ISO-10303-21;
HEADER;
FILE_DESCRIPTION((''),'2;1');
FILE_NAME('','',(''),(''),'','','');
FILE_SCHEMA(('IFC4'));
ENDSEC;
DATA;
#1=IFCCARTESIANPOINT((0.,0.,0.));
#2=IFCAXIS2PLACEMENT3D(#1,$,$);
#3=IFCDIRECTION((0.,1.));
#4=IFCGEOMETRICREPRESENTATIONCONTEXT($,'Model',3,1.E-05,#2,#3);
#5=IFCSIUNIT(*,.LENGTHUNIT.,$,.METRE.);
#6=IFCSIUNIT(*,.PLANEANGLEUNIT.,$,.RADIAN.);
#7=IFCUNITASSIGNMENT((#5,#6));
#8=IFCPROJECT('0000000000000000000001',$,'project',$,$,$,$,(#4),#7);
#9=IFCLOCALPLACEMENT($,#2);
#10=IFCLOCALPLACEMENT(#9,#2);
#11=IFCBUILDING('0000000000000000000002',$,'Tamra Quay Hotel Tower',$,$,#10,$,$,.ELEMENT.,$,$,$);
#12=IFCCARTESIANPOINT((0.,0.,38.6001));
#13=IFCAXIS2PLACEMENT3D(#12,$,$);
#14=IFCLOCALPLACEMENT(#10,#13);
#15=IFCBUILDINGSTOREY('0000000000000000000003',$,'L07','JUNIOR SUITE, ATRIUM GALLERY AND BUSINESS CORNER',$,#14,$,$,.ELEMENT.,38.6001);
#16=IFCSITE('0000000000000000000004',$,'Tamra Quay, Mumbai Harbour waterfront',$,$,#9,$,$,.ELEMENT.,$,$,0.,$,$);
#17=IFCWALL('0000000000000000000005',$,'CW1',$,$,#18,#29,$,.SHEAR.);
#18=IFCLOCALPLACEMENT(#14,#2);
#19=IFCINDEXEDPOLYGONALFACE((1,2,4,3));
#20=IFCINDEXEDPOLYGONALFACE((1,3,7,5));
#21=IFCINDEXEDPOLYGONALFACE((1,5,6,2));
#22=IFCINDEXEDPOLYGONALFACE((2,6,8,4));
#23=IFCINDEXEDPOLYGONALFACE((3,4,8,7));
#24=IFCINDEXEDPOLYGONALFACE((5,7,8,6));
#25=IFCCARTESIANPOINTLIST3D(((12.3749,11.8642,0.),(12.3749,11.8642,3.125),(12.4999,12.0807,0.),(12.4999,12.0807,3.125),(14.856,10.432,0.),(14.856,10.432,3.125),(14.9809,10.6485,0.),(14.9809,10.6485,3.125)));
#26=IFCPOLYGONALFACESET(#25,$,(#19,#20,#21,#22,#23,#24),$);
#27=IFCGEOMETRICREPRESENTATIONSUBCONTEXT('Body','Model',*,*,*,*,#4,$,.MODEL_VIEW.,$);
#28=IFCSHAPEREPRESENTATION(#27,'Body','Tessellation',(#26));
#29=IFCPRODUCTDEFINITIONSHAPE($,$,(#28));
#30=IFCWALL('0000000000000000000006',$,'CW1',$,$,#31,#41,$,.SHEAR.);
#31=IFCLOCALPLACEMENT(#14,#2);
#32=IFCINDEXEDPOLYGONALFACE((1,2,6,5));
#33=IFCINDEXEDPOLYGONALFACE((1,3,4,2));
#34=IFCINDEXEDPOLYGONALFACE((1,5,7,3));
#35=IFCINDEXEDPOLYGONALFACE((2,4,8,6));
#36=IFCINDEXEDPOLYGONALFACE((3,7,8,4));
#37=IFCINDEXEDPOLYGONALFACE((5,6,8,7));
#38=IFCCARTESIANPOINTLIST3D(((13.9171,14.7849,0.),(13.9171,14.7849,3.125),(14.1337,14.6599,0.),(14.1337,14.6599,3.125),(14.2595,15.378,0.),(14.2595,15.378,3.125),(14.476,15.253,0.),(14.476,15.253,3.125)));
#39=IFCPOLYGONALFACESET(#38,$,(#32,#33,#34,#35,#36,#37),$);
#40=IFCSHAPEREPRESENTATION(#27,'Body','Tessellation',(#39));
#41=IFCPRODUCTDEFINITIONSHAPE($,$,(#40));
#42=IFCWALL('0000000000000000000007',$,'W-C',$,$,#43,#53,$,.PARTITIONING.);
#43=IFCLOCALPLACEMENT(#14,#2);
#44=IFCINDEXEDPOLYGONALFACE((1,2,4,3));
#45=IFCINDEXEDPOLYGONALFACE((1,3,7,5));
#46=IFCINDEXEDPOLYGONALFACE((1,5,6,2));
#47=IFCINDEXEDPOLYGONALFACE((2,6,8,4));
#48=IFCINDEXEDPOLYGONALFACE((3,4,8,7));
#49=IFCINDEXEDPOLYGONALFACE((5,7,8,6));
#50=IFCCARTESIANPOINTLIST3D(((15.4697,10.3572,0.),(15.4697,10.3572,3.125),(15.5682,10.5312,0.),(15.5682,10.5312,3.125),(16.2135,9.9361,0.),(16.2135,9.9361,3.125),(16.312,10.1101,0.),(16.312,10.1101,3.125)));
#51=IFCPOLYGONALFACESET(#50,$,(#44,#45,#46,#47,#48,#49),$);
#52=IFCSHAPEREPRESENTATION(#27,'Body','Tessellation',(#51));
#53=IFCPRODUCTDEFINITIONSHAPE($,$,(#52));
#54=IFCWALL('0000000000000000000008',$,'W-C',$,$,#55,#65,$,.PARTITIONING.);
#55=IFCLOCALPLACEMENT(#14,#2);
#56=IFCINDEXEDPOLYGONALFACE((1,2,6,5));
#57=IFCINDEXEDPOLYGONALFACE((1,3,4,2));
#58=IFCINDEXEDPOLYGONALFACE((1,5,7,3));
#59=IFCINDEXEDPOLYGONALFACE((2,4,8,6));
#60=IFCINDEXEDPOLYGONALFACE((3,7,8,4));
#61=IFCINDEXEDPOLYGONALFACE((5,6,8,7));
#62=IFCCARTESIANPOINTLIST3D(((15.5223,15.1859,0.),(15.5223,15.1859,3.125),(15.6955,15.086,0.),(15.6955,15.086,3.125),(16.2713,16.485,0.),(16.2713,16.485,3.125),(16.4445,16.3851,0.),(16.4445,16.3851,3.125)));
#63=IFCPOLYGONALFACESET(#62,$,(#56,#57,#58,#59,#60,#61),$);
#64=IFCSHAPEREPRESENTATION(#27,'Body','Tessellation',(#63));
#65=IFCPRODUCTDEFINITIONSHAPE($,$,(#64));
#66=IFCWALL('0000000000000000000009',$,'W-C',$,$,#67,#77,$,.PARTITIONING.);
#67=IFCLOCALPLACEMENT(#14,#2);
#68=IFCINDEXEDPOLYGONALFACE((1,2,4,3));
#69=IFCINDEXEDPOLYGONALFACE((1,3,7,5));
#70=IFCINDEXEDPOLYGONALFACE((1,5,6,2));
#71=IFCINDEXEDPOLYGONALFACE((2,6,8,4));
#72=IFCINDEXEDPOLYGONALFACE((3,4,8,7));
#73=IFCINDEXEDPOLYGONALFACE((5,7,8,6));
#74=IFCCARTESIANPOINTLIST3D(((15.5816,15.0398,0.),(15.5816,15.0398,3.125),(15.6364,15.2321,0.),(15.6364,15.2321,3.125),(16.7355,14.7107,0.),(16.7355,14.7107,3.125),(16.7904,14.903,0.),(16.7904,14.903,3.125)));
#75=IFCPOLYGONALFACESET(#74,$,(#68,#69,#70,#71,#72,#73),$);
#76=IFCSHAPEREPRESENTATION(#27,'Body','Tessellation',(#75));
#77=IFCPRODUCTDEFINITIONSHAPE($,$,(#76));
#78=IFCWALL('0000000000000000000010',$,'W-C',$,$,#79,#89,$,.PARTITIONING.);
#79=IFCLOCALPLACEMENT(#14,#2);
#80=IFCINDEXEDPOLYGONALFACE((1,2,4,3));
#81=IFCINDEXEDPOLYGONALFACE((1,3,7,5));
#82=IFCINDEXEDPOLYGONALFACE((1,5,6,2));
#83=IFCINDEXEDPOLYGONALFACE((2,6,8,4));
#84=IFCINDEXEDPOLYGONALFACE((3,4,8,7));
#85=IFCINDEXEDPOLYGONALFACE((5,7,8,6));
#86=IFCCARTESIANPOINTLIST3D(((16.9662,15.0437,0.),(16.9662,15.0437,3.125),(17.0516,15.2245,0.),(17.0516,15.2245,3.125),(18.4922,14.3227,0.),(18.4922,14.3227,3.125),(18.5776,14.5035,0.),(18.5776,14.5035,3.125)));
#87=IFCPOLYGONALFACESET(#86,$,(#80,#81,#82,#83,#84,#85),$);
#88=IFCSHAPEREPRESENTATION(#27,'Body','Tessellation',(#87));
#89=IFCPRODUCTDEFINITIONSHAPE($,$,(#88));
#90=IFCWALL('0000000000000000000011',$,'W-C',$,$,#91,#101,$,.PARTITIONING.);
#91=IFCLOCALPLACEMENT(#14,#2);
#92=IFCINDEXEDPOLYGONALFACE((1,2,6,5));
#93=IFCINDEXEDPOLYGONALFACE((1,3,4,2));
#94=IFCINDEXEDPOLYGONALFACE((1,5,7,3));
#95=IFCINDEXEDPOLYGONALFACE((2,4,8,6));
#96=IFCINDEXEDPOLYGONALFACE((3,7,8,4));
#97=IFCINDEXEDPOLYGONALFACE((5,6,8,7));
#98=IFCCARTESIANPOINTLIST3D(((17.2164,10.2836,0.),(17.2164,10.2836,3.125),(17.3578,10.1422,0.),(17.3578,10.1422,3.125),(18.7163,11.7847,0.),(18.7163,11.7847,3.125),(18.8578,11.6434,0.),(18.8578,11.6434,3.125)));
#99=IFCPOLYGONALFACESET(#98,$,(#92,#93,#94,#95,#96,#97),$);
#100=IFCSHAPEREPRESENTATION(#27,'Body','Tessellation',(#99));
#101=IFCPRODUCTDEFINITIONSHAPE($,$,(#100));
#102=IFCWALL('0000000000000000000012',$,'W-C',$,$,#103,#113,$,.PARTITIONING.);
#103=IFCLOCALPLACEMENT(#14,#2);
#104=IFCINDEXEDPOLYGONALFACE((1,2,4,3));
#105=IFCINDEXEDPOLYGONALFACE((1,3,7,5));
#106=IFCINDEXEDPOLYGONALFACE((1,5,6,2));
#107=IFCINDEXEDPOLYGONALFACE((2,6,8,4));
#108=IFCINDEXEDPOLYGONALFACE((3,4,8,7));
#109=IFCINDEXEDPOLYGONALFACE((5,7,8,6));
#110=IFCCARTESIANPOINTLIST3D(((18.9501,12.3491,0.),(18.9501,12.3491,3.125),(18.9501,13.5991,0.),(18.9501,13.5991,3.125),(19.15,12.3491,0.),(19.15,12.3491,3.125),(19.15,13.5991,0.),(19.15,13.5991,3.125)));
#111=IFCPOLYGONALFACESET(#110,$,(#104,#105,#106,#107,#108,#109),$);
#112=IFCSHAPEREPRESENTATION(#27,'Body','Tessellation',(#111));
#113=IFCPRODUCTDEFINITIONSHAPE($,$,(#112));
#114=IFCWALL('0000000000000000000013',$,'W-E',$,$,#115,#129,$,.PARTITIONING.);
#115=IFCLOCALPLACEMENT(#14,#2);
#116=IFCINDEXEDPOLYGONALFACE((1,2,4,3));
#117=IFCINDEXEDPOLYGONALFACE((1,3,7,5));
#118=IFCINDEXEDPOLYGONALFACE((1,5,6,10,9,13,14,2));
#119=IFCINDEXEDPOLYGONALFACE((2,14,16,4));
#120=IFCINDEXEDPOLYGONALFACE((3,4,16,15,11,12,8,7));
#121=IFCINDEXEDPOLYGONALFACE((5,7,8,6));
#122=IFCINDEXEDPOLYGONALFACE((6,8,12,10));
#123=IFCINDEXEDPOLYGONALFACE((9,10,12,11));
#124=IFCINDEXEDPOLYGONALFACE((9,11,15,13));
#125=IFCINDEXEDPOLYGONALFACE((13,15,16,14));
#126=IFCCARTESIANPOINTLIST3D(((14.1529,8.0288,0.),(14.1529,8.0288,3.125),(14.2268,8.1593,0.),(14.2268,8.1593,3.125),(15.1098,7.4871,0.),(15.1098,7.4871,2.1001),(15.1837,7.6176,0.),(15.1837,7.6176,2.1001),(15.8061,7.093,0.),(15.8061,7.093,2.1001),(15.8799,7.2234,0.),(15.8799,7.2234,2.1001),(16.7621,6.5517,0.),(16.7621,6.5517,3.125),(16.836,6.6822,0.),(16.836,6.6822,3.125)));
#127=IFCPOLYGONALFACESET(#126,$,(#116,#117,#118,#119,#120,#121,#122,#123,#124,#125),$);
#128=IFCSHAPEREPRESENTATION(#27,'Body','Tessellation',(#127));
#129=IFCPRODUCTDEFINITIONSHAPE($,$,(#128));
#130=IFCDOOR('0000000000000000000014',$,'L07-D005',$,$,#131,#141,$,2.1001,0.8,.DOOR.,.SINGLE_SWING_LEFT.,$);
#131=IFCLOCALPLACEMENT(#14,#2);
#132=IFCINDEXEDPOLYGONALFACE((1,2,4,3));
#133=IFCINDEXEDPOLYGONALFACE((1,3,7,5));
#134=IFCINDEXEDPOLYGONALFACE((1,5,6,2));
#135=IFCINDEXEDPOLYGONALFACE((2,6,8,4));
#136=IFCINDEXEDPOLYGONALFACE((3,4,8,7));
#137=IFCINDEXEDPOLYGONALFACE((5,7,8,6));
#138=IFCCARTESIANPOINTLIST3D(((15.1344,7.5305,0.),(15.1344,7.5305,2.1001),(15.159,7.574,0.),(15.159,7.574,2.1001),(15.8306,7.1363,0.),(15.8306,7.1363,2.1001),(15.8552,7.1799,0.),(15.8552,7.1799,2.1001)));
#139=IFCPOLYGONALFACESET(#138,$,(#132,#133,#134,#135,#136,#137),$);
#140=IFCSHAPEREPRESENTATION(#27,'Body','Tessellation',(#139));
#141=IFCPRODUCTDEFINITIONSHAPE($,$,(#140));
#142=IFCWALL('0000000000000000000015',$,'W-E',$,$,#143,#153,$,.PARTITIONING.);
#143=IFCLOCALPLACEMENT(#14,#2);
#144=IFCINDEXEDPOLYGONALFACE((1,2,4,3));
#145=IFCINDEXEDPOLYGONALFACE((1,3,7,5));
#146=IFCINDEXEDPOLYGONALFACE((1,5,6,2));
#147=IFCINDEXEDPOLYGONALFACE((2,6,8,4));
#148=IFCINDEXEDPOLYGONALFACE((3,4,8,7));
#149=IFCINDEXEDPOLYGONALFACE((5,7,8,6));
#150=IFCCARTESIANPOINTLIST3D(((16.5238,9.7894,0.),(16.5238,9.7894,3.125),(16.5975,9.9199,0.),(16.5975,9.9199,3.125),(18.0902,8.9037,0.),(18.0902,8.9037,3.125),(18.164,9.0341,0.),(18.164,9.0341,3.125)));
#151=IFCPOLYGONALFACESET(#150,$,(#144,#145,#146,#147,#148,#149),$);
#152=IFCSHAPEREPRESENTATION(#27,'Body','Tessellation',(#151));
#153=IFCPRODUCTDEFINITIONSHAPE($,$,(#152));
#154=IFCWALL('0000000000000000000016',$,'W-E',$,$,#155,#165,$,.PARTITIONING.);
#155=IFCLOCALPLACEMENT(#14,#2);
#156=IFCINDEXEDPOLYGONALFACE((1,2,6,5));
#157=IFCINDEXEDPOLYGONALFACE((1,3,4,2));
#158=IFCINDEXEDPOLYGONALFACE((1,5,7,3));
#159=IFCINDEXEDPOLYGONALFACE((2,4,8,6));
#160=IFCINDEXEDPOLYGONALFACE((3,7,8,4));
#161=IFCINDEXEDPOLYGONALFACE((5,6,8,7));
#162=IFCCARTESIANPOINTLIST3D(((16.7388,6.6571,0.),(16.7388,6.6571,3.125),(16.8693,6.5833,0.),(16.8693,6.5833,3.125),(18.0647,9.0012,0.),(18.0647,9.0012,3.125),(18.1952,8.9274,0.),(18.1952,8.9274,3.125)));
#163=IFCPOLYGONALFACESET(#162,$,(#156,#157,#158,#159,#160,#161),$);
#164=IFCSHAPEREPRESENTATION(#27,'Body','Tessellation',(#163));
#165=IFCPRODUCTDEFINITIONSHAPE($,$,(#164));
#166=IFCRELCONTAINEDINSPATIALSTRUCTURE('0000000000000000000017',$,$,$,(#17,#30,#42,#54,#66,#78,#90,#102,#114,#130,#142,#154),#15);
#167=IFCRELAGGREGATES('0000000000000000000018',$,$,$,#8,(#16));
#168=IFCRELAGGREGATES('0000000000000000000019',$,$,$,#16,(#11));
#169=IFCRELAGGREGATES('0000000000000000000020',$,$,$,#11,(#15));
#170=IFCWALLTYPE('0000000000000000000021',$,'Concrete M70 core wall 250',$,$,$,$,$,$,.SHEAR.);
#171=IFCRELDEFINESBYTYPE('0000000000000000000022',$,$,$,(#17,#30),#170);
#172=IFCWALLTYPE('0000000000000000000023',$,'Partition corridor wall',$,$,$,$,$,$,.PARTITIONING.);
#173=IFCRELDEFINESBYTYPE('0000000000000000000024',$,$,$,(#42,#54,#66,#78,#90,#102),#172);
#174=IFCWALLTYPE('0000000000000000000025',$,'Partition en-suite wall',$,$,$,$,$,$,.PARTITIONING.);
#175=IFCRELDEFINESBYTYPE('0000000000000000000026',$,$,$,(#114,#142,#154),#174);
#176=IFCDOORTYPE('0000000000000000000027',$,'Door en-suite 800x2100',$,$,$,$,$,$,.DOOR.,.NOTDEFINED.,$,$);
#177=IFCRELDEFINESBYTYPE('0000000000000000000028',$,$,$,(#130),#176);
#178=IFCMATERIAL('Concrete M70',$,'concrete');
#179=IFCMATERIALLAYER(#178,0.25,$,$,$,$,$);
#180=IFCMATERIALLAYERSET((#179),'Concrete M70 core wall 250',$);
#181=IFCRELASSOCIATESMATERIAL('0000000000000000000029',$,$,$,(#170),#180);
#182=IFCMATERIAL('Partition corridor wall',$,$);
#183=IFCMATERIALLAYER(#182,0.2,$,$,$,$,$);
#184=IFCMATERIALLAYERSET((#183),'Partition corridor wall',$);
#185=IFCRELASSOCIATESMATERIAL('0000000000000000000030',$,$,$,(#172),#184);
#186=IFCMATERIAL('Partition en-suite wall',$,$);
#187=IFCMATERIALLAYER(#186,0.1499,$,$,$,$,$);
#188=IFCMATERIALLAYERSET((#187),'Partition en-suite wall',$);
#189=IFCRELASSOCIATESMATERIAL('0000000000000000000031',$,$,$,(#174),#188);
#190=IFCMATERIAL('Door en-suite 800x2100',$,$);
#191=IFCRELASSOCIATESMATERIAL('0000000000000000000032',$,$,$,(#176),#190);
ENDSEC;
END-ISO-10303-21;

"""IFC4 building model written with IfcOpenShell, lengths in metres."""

from ifc_helpers import new_model, si_unit, direction, frame, frame_2d, origin, place, context, subcontext, project, spatial, rectangle, extrude, material, layer, layer_set, type_object, element, fill, save


model = new_model("IFC4")

# Units and contexts
model_context = context("Model", 3, precision=1e-05, world=origin(), true_north=direction((0.0, 1.0)))
body_context = subcontext(model_context, "Body", "Model", "MODEL_VIEW")
ifc_project = project(units=[si_unit("LENGTHUNIT", "METRE"), si_unit("PLANEANGLEUNIT", "RADIAN")], contexts=[model_context])

# Site, building, storey
site_placement = place(None, origin())
site = spatial("IfcSite", under=ifc_project, at=site_placement, Name="Tamra Quay, Mumbai Harbour waterfront", CompositionType="ELEMENT", RefElevation=0.0)
building_placement = place(site_placement, origin())
building = spatial("IfcBuilding", under=site, at=building_placement, Name="Tamra Quay Hotel Tower", CompositionType="ELEMENT")
storey_placement = place(building_placement, frame((0.0, 0.0, 38.6001)))
storey = spatial("IfcBuildingStorey", under=building, at=storey_placement, Name="L07", Description="JUNIOR SUITE, ATRIUM GALLERY AND BUSINESS CORNER", CompositionType="ELEMENT", Elevation=38.6001)

# Shared definitions
ifc_material_1 = material(Name="Concrete M70", Category="concrete")

# Walls
ifc_layer_1 = layer(ifc_material_1, 0.25)
ifc_layer_set_1 = layer_set([ifc_layer_1], Name="Concrete M70 core wall 250")
wall_type_1 = type_object("IfcWallType", Name="Concrete M70 core wall 250", PredefinedType="SHEAR", material=ifc_layer_set_1)
wall_1_placement = place(storey_placement, frame((14.9185, 10.5403, 0.0), z_axis=(0.0, 0.0, 1.0), x_axis=(-0.866064, 0.499934, 0.0)))
element("IfcWall", 1, at=wall_1_placement, inside=storey, type_object=wall_type_1, Name="CW1", PredefinedType="SHEAR", context=body_context, shape_type="SweptSolid", body=[
    extrude(rectangle(XDim=2.8647, YDim=0.25, at=frame_2d((1.4324, 0.0))), origin(), (0.0, 0.0, 1.0), 3.125),
])
wall_2_placement = place(storey_placement, frame((14.3677, 15.3154, 0.0), z_axis=(0.0, 0.0, 1.0), x_axis=(-0.499897, -0.866085, 0.0)))
element("IfcWall", 2, at=wall_2_placement, inside=storey, type_object=wall_type_1, Name="CW1", PredefinedType="SHEAR", context=body_context, shape_type="SweptSolid", body=[
    extrude(rectangle(XDim=0.6848, YDim=0.25, at=frame_2d((0.3423, 0.0))), origin(), (0.0, 0.0, 1.0), 3.125),
])
ifc_material_2 = material(Name="Partition corridor wall")
ifc_layer_2 = layer(ifc_material_2, 0.2)
ifc_layer_set_2 = layer_set([ifc_layer_2], Name="Partition corridor wall")
wall_type_2 = type_object("IfcWallType", Name="Partition corridor wall", PredefinedType="PARTITIONING", material=ifc_layer_set_2)
wall_3_placement = place(storey_placement, frame((15.519, 10.4441, 0.0), z_axis=(0.0, 0.0, 1.0), x_axis=(0.870222, -0.492659, 0.0)))
element("IfcWall", 3, at=wall_3_placement, inside=storey, type_object=wall_type_2, Name="W-C", PredefinedType="PARTITIONING", context=body_context, shape_type="SweptSolid", body=[
    extrude(rectangle(XDim=0.8547, YDim=0.2, at=frame_2d((0.4272, 0.0))), origin(), (0.0, 0.0, 1.0), 3.125),
])
wall_4_placement = place(storey_placement, frame((15.6089, 15.136, 0.0), z_axis=(0.0, 0.0, 1.0), x_axis=(0.499502, 0.866313, 0.0)))
element("IfcWall", 4, at=wall_4_placement, inside=storey, type_object=wall_type_2, Name="W-C", PredefinedType="PARTITIONING", context=body_context, shape_type="SweptSolid", body=[
    extrude(rectangle(XDim=1.4995, YDim=0.2, at=frame_2d((0.7498, 0.0))), origin(), (0.0, 0.0, 1.0), 3.125),
])
wall_5_placement = place(storey_placement, frame((15.6089, 15.136, 0.0), z_axis=(0.0, 0.0, 1.0), x_axis=(0.961662, -0.274237, 0.0)))
element("IfcWall", 5, at=wall_5_placement, inside=storey, type_object=wall_type_2, Name="W-C", PredefinedType="PARTITIONING", context=body_context, shape_type="SweptSolid", body=[
    extrude(rectangle(XDim=1.2, YDim=0.2, at=frame_2d((0.6001, 0.0))), origin(), (0.0, 0.0, 1.0), 3.125),
])
wall_6_placement = place(storey_placement, frame((17.009, 15.134, 0.0), z_axis=(0.0, 0.0, 1.0), x_axis=(0.904159, -0.427197, 0.0)))
element("IfcWall", 6, at=wall_6_placement, inside=storey, type_object=wall_type_2, Name="W-C", PredefinedType="PARTITIONING", context=body_context, shape_type="SweptSolid", body=[
    extrude(rectangle(XDim=1.6877, YDim=0.2, at=frame_2d((0.8438, 0.0))), origin(), (0.0, 0.0, 1.0), 3.125),
])
wall_7_placement = place(storey_placement, frame((17.2871, 10.2129, 0.0), z_axis=(0.0, 0.0, 1.0), x_axis=(0.706819, 0.707394, 0.0)))
element("IfcWall", 7, at=wall_7_placement, inside=storey, type_object=wall_type_2, Name="W-C", PredefinedType="PARTITIONING", context=body_context, shape_type="SweptSolid", body=[
    extrude(rectangle(XDim=2.1221, YDim=0.2, at=frame_2d((1.061, 0.0))), origin(), (0.0, 0.0, 1.0), 3.125),
])
wall_8_placement = place(storey_placement, frame((19.05, 12.3491, 0.0), z_axis=(0.0, 0.0, 1.0), x_axis=(0.0, 1.0, 0.0)))
element("IfcWall", 8, at=wall_8_placement, inside=storey, type_object=wall_type_2, Name="W-C", PredefinedType="PARTITIONING", context=body_context, shape_type="SweptSolid", body=[
    extrude(rectangle(XDim=1.25, YDim=0.2, at=frame_2d((0.625, 0.0))), origin(), (0.0, 0.0, 1.0), 3.125),
])

# Wall, opening, door
ifc_material_3 = material(Name="Partition en-suite wall")
ifc_layer_3 = layer(ifc_material_3, 0.1499)
ifc_layer_set_3 = layer_set([ifc_layer_3], Name="Partition en-suite wall")
wall_type_3 = type_object("IfcWallType", Name="Partition en-suite wall", PredefinedType="PARTITIONING", material=ifc_layer_set_3)
wall_9_placement = place(storey_placement, frame((14.1899, 8.094, 0.0), z_axis=(0.0, 0.0, 1.0), x_axis=(0.870231, -0.492645, 0.0)))
wall_9 = element("IfcWall", 9, at=wall_9_placement, inside=storey, type_object=wall_type_3, Name="W-E", PredefinedType="PARTITIONING", context=body_context, shape_type="SweptSolid", body=[
    extrude(rectangle(XDim=2.9983, YDim=0.1499, at=frame_2d((1.499, 0.0))), origin(), (0.0, 0.0, 1.0), 3.125),
])
opening_1_placement = place(wall_9_placement, frame((1.0996, 0.0, 0.0)))
opening_1 = element("IfcOpeningElement", 10, at=opening_1_placement, cuts=wall_9, PredefinedType="OPENING", context=body_context, shape_type="SweptSolid", body=[
    extrude(rectangle(XDim=0.8, YDim=2.1001, at=frame_2d((0.3999, 1.05))), frame((0.0, 0.085, 0.0), z_axis=(0.0, -1.0, 0.0), x_axis=(1.0, 0.0, 0.0)), (0.0, 0.0, 1.0), 0.1699),
])
ifc_material_4 = material(Name="Door en-suite 800x2100")
door_type_1 = type_object("IfcDoorType", Name="Door en-suite 800x2100", OperationType="NOTDEFINED", PredefinedType="DOOR", material=ifc_material_4)
door_1_placement = place(opening_1_placement, origin())
door_1 = element("IfcDoor", 11, at=door_1_placement, inside=storey, type_object=door_type_1, Name="L07-D005", OperationType="SINGLE_SWING_LEFT", OverallHeight=2.1001, OverallWidth=0.8, PredefinedType="DOOR", context=body_context, shape_type="SweptSolid", body=[
    extrude(rectangle(XDim=0.8, YDim=2.1001, at=frame_2d((0.3999, 1.05))), frame((0.0, 0.0249, 0.0), z_axis=(0.0, -1.0, 0.0), x_axis=(1.0, 0.0, 0.0)), (0.0, 0.0, 1.0), 0.05),
])
fill(opening_1, door_1)

# Walls
wall_10_placement = place(storey_placement, frame((16.5605, 9.8547, 0.0), z_axis=(0.0, 0.0, 1.0), x_axis=(0.870472, -0.492218, 0.0)))
element("IfcWall", 12, at=wall_10_placement, inside=storey, type_object=wall_type_3, Name="W-E", PredefinedType="PARTITIONING", context=body_context, shape_type="SweptSolid", body=[
    extrude(rectangle(XDim=1.7996, YDim=0.1499, at=frame_2d((0.8999, 0.0))), origin(), (0.0, 0.0, 1.0), 3.125),
])
wall_11_placement = place(storey_placement, frame((16.804, 6.6201, 0.0), z_axis=(0.0, 0.0, 1.0), x_axis=(0.492356, 0.870394, 0.0)))
element("IfcWall", 13, at=wall_11_placement, inside=storey, type_object=wall_type_3, Name="W-E", PredefinedType="PARTITIONING", context=body_context, shape_type="SweptSolid", body=[
    extrude(rectangle(XDim=2.6931, YDim=0.1499, at=frame_2d((1.3467, 0.0))), origin(), (0.0, 0.0, 1.0), 3.125),
])

save(model, "model.ifc")
